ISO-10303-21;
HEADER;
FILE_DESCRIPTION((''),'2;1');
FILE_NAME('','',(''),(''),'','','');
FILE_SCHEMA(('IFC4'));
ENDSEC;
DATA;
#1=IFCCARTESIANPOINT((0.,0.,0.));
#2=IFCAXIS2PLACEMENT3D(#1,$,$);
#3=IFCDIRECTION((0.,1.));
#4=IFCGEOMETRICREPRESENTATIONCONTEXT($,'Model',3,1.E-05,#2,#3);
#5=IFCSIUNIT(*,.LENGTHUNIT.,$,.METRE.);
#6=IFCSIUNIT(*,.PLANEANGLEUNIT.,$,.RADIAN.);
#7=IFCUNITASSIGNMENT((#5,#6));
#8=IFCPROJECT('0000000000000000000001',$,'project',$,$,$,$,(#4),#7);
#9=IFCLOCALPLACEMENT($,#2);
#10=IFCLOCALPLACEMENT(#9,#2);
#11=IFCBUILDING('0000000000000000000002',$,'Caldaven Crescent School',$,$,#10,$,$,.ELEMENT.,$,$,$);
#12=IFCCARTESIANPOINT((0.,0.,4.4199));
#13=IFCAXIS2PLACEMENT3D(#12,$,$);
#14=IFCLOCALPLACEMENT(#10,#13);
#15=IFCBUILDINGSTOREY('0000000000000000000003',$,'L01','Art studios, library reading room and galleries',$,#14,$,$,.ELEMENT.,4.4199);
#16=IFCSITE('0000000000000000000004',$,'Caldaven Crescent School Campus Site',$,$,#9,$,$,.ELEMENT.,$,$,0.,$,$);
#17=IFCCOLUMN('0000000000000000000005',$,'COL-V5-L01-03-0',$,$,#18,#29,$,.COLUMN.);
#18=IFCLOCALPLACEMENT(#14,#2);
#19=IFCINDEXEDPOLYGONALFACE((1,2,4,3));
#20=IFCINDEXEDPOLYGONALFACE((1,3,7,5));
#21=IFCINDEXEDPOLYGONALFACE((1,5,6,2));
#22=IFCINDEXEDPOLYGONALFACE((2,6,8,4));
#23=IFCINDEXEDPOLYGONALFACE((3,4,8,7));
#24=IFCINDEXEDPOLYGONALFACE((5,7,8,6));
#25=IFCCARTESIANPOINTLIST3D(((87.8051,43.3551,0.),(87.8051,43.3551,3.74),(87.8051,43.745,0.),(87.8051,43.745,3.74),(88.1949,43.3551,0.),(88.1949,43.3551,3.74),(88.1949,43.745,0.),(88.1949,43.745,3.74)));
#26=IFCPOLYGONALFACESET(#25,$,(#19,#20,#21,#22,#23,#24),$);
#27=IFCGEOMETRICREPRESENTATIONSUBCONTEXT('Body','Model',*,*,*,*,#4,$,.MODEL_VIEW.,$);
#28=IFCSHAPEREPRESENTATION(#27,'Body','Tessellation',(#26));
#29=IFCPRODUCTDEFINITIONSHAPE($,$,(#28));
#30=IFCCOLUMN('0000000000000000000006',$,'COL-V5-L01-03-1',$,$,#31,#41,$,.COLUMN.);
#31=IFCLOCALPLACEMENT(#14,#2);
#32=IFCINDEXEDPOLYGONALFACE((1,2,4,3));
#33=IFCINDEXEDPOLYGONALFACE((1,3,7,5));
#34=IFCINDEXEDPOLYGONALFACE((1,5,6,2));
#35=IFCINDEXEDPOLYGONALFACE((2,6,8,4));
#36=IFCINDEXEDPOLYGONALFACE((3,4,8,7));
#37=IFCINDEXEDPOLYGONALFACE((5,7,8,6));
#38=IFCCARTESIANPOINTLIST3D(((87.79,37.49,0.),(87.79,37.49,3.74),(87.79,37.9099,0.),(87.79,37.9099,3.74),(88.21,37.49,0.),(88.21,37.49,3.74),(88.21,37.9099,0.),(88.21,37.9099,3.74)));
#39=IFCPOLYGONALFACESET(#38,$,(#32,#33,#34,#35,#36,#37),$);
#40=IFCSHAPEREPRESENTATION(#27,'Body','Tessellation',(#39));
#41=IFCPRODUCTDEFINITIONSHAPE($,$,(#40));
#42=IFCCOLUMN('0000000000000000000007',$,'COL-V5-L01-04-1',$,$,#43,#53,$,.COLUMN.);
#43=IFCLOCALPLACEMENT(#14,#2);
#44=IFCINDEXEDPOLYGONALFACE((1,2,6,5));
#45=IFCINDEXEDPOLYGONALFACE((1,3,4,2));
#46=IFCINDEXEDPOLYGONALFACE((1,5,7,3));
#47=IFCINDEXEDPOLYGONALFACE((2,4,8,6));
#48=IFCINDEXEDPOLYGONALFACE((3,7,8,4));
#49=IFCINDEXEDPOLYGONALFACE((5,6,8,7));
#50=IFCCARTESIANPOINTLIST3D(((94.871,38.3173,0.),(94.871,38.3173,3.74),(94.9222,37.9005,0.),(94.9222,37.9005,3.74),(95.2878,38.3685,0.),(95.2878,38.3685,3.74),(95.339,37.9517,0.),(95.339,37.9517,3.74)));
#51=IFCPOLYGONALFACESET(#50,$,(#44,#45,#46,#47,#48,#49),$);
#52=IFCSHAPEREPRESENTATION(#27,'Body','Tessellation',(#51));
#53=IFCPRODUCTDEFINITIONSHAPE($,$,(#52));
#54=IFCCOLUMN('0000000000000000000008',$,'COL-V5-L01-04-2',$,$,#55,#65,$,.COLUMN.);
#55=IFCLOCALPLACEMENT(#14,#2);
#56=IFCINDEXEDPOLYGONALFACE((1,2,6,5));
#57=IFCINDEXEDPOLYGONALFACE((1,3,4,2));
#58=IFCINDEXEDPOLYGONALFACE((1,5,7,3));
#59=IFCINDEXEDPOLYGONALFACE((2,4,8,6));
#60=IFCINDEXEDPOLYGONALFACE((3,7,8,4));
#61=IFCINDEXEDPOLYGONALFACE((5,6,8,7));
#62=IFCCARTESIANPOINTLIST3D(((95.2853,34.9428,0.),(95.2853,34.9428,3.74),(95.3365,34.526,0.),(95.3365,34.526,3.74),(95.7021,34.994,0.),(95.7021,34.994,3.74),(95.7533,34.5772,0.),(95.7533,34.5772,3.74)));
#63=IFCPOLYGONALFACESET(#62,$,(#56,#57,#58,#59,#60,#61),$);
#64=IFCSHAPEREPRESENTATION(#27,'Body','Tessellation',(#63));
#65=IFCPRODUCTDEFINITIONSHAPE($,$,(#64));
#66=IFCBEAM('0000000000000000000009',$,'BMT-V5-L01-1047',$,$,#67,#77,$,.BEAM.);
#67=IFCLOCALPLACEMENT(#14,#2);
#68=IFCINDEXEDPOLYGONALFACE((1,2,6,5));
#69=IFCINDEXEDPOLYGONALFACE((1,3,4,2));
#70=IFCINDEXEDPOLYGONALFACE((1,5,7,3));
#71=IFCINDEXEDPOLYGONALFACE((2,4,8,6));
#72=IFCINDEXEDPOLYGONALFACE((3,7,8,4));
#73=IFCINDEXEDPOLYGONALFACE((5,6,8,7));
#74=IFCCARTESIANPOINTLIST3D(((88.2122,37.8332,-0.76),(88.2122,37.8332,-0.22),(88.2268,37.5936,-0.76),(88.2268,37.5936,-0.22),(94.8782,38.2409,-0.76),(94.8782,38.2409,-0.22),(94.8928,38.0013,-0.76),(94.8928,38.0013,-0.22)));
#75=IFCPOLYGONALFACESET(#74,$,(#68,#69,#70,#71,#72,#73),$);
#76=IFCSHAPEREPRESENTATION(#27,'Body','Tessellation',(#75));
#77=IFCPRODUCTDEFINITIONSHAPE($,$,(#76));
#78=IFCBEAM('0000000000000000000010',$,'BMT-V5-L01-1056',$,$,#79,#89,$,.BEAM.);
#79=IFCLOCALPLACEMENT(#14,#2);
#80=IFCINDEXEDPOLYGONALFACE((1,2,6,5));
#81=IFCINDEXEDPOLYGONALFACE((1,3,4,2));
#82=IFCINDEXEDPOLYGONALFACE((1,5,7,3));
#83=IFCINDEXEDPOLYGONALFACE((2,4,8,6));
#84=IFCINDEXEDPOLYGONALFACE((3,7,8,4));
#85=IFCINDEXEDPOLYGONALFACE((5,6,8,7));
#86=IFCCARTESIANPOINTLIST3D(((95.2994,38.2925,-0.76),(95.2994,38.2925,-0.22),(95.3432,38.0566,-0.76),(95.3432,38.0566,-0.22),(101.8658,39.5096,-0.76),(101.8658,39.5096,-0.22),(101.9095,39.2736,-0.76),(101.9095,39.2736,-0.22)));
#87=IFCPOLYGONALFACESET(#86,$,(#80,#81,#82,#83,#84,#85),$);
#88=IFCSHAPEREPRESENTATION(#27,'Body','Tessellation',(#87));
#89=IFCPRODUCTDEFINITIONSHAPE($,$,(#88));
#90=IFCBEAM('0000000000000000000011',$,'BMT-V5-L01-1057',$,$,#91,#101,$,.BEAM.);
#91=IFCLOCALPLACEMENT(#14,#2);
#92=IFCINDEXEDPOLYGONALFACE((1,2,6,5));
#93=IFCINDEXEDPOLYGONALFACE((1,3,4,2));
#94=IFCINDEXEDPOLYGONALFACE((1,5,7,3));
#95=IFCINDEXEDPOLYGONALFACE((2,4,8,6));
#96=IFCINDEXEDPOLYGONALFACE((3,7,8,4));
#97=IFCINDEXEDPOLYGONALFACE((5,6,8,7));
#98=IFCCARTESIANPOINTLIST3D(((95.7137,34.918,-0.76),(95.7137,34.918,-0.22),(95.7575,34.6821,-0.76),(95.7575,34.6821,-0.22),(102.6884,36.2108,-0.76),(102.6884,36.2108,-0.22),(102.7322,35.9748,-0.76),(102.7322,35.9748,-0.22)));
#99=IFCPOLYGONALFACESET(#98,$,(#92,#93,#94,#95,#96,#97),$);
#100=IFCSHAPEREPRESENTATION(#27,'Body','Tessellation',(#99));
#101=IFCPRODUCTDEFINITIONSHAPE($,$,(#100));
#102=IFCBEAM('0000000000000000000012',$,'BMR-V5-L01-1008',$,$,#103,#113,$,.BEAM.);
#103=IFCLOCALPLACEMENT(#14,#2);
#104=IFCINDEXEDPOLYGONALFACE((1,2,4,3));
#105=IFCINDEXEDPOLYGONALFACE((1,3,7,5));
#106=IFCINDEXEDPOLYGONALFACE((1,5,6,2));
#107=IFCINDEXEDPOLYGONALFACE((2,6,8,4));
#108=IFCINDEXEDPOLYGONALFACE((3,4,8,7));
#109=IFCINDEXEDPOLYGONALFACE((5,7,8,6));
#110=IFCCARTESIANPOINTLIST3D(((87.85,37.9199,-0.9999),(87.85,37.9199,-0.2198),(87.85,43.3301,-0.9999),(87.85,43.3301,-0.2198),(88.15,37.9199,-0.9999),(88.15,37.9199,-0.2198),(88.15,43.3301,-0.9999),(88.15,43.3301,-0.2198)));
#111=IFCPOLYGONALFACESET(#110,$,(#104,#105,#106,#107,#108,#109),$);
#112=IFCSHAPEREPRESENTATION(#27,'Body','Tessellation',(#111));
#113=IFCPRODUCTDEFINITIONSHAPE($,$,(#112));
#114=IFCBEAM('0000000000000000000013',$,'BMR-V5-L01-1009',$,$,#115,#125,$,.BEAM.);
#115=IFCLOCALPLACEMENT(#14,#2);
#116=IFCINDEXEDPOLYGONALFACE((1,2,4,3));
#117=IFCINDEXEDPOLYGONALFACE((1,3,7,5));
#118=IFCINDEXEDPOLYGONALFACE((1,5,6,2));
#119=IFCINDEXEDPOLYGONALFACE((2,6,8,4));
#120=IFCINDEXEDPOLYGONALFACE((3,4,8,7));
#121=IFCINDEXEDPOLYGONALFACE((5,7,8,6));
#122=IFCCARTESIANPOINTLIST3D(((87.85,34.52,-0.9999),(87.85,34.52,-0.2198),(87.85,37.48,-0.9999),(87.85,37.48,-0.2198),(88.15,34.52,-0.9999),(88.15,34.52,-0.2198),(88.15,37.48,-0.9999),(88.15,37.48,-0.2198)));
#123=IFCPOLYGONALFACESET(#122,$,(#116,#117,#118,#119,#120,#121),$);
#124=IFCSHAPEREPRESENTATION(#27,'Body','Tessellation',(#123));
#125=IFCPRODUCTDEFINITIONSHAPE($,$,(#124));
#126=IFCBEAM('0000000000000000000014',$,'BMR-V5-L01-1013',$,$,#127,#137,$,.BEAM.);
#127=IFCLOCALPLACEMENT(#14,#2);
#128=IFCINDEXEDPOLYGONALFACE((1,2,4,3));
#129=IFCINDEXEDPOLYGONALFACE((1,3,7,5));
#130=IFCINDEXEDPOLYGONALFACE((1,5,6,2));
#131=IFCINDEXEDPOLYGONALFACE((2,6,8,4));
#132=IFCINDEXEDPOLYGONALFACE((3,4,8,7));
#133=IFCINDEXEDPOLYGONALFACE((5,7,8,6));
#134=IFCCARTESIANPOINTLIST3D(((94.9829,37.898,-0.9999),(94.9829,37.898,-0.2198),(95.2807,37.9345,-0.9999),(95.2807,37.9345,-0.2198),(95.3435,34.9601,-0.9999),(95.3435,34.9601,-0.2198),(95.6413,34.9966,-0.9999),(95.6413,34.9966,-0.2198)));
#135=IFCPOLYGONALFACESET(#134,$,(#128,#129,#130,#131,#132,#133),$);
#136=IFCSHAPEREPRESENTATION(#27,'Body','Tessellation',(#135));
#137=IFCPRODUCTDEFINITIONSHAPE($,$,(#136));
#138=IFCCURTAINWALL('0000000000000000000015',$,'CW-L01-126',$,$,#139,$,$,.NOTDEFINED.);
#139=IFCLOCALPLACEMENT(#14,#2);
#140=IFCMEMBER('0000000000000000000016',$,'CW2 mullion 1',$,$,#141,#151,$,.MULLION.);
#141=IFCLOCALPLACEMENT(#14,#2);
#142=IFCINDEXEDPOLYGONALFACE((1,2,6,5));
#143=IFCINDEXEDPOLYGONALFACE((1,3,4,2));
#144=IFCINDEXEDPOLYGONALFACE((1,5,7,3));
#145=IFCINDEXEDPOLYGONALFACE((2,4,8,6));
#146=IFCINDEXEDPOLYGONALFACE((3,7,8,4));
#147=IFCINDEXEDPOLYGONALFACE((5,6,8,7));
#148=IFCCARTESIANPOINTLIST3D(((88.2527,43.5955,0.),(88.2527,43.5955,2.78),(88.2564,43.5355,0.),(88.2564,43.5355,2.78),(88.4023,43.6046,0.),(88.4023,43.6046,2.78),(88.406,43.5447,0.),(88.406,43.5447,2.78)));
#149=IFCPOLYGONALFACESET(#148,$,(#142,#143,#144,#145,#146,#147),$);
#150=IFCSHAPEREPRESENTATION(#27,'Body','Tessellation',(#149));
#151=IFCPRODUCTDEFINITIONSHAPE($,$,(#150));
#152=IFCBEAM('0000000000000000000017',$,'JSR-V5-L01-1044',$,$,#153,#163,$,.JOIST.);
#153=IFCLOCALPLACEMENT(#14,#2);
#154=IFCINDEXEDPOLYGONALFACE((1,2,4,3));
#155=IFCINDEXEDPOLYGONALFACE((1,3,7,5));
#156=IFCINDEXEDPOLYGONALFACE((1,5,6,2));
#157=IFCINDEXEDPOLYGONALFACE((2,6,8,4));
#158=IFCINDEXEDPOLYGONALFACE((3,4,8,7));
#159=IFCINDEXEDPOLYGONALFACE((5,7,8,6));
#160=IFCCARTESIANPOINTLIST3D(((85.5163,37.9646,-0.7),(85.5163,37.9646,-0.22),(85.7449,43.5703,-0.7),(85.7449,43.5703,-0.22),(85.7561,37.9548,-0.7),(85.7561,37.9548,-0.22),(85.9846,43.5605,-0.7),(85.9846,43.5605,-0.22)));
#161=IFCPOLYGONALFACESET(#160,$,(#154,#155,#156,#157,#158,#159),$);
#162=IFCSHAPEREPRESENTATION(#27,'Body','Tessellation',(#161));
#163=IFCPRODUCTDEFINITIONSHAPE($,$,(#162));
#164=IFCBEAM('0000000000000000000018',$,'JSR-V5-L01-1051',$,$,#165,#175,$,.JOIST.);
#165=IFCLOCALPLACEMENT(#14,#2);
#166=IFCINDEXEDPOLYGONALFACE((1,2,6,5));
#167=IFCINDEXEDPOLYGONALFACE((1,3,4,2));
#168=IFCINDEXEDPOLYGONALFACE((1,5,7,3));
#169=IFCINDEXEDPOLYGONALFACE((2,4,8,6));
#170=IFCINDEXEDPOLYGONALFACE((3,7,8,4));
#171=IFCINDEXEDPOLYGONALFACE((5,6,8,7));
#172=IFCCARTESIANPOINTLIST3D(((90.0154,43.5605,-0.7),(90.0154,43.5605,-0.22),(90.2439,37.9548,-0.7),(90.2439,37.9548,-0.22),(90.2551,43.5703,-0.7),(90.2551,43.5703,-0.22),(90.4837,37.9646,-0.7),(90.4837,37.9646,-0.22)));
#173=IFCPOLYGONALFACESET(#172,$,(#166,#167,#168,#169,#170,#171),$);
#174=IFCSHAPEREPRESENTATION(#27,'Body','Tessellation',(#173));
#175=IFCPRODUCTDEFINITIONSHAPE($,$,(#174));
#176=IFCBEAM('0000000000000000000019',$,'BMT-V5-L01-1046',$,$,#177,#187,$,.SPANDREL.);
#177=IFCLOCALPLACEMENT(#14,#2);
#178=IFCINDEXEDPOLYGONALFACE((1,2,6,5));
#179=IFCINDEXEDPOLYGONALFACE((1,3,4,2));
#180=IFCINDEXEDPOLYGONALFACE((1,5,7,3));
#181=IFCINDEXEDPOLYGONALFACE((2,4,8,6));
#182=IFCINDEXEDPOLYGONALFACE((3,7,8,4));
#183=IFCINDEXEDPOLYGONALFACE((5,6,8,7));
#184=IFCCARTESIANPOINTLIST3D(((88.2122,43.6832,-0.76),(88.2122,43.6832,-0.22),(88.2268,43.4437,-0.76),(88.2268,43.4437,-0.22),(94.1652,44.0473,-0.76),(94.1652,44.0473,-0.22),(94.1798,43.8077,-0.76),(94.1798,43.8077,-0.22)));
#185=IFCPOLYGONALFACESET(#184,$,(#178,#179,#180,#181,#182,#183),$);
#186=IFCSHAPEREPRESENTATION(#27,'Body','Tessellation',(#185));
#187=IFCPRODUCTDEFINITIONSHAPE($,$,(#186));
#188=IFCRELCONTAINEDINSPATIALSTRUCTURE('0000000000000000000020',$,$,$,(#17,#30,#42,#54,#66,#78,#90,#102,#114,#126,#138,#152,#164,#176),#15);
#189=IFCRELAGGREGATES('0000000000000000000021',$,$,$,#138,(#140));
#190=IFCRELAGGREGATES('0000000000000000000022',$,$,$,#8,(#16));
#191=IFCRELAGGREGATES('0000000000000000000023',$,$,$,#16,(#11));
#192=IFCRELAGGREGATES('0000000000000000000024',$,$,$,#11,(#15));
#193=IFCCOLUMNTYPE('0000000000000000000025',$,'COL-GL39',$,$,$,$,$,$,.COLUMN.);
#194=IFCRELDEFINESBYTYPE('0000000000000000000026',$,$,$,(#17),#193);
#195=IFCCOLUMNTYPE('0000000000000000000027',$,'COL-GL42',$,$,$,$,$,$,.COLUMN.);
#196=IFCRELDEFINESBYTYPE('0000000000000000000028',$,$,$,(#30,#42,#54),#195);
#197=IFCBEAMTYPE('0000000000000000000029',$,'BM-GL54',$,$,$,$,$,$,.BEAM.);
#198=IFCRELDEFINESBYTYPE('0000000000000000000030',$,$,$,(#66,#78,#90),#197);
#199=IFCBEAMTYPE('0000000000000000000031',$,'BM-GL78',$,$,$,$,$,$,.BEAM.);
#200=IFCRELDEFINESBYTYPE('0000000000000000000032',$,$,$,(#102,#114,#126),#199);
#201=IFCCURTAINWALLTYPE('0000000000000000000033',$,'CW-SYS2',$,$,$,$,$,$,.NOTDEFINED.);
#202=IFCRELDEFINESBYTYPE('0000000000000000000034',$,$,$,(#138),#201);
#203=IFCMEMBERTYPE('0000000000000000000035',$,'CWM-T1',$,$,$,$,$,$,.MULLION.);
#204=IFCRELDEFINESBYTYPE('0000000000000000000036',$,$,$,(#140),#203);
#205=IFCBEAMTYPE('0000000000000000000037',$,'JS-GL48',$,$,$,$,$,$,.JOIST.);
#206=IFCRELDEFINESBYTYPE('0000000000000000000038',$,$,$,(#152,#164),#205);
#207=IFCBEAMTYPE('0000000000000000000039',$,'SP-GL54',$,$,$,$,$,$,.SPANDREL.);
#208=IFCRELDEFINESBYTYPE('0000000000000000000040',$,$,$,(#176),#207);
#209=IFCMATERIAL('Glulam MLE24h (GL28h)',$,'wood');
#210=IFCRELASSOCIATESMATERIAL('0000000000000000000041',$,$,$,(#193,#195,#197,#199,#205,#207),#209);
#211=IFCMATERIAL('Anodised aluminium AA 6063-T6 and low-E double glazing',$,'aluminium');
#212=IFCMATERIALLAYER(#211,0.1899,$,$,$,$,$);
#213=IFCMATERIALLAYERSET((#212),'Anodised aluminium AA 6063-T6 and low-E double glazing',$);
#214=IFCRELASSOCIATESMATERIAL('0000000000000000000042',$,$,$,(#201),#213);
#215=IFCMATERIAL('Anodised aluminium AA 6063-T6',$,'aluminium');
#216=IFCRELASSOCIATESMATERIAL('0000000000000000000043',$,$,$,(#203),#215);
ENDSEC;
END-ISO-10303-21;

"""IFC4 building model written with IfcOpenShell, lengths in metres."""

from ifc_helpers import new_model, si_unit, direction, frame, origin, origin_2d, place, context, subcontext, project, spatial, rectangle, extrude, material, layer, layer_set, material_profile, profile_set, type_object, element, aggregate, save


model = new_model("IFC4")

# Units and contexts
model_context = context("Model", 3, precision=1e-05, world=origin(), true_north=direction((0.0, 1.0)))
body_context = subcontext(model_context, "Body", "Model", "MODEL_VIEW")
ifc_project = project(units=[si_unit("LENGTHUNIT", "METRE"), si_unit("PLANEANGLEUNIT", "RADIAN")], contexts=[model_context])

# Site, building, storey
site_placement = place(None, origin())
site = spatial("IfcSite", under=ifc_project, at=site_placement, Name="Caldaven Crescent School Campus Site", CompositionType="ELEMENT", RefElevation=0.0)
building_placement = place(site_placement, origin())
building = spatial("IfcBuilding", under=site, at=building_placement, Name="Caldaven Crescent School", CompositionType="ELEMENT")
storey_placement = place(building_placement, frame((0.0, 0.0, 4.4199)))
storey = spatial("IfcBuildingStorey", under=building, at=storey_placement, Name="L01", Description="Art studios, library reading room and galleries", CompositionType="ELEMENT", Elevation=4.4199)

# Columns
ifc_material_1 = material(Name="Glulam MLE24h (GL28h)", Category="wood")
ifc_material_profile_1 = material_profile(ifc_material_1, rectangle(XDim=0.3899, YDim=0.3899, at=origin_2d()), Name="MLE 390x390")
ifc_profile_set_1 = profile_set([ifc_material_profile_1], Name="Glulam MLE24h (GL28h)")
column_type_1 = type_object("IfcColumnType", Name="COL-GL39", PredefinedType="COLUMN", material=ifc_profile_set_1)
column_placement = place(storey_placement, frame((88.0, 43.55, 0.0), z_axis=(0.0, 0.0, 1.0), x_axis=(0.0, -1.0, 0.0)))
element("IfcColumn", 1, at=column_placement, inside=storey, type_object=column_type_1, Name="COL-V5-L01-03-0", PredefinedType="COLUMN", context=body_context, shape_type="SweptSolid", body=[
    extrude(rectangle(XDim=0.3899, YDim=0.3899, at=origin_2d()), origin(), (0.0, 0.0, 1.0), 3.74),
])
ifc_material_profile_2 = material_profile(ifc_material_1, rectangle(XDim=0.4199, YDim=0.4199, at=origin_2d()), Name="MLE 420x420")
ifc_profile_set_2 = profile_set([ifc_material_profile_2], Name="Glulam MLE24h (GL28h)")
column_type_2 = type_object("IfcColumnType", Name="COL-GL42", PredefinedType="COLUMN", material=ifc_profile_set_2)
for number, where, z_axis, x_axis, name in (
    (2, (88.0, 37.7, 0.0), (0.0, 0.0, 1.0), (0.0, -1.0, 0.0), "COL-V5-L01-03-1"),
    (3, (95.105, 38.1345, 0.0), (0.0, 0.0, 1.0), (0.121869, -0.992546, 0.0), "COL-V5-L01-04-1"),
    (4, (95.5193, 34.76, 0.0), (0.0, 0.0, 1.0), (0.121869, -0.992546, 0.0), "COL-V5-L01-04-2"),
):
    element("IfcColumn", number, at=place(storey_placement, frame(where, z_axis=z_axis, x_axis=x_axis)), inside=storey, type_object=column_type_2, Name=name, PredefinedType="COLUMN", context=body_context, shape_type="SweptSolid", body=[
        extrude(rectangle(XDim=0.4199, YDim=0.4199, at=origin_2d()), origin(), (0.0, 0.0, 1.0), 3.74),
    ])

# Beams
ifc_material_profile_3 = material_profile(ifc_material_1, rectangle(XDim=0.24, YDim=0.54, at=origin_2d()), Name="MLE 240x540")
ifc_profile_set_3 = profile_set([ifc_material_profile_3], Name="Glulam MLE24h (GL28h)")
beam_type_1 = type_object("IfcBeamType", Name="BM-GL54", PredefinedType="BEAM", material=ifc_profile_set_3)
beam_1_placement = place(storey_placement, frame((88.2195, 37.7134, -0.49), z_axis=(0.998135, 0.061049, 0.0), x_axis=(-0.061049, 0.998135, 0.0)))
element("IfcBeam", 5, at=beam_1_placement, inside=storey, type_object=beam_type_1, Name="BMT-V5-L01-1047", PredefinedType="BEAM", context=body_context, shape_type="SweptSolid", body=[
    extrude(rectangle(XDim=0.24, YDim=0.54, at=origin_2d()), origin(), (0.0, 0.0, 1.0), 6.6785),
])
beam_2_placement = place(storey_placement, frame((95.3213, 38.1746, -0.49), z_axis=(0.983254, 0.18224, 0.0), x_axis=(-0.18224, 0.983254, 0.0)))
element("IfcBeam", 6, at=beam_2_placement, inside=storey, type_object=beam_type_1, Name="BMT-V5-L01-1056", PredefinedType="BEAM", context=body_context, shape_type="SweptSolid", body=[
    extrude(rectangle(XDim=0.24, YDim=0.54, at=origin_2d()), origin(), (0.0, 0.0, 1.0), 6.6782),
])
beam_3_placement = place(storey_placement, frame((95.7356, 34.8, -0.49), z_axis=(0.983253, 0.182243, 0.0), x_axis=(-0.182243, 0.983253, 0.0)))
element("IfcBeam", 7, at=beam_3_placement, inside=storey, type_object=beam_type_1, Name="BMT-V5-L01-1057", PredefinedType="BEAM", context=body_context, shape_type="SweptSolid", body=[
    extrude(rectangle(XDim=0.24, YDim=0.54, at=origin_2d()), origin(), (0.0, 0.0, 1.0), 7.0935),
])
ifc_material_profile_4 = material_profile(ifc_material_1, rectangle(XDim=0.3, YDim=0.78, at=origin_2d()), Name="MLE 300x780")
ifc_profile_set_4 = profile_set([ifc_material_profile_4], Name="Glulam MLE24h (GL28h)")
beam_type_2 = type_object("IfcBeamType", Name="BM-GL78", PredefinedType="BEAM", material=ifc_profile_set_4)
beam_4_placement = place(storey_placement, frame((88.0, 43.3301, -0.6099), z_axis=(0.0, -1.0, 0.0), x_axis=(1.0, 0.0, 0.0)))
element("IfcBeam", 8, at=beam_4_placement, inside=storey, type_object=beam_type_2, Name="BMR-V5-L01-1008", PredefinedType="BEAM", context=body_context, shape_type="SweptSolid", body=[
    extrude(rectangle(XDim=0.3, YDim=0.78, at=origin_2d()), origin(), (0.0, 0.0, 1.0), 5.4102),
])
for number, where, z_axis, x_axis, name in (
    (9, (88.0, 37.48, -0.6099), (0.0, -1.0, 0.0), (1.0, 0.0, 0.0), "BMR-V5-L01-1009"),
    (10, (95.1318, 37.9163, -0.6099), (0.121821, -0.992552, 0.0), (0.992552, 0.121821, 0.0), "BMR-V5-L01-1013"),
):
    element("IfcBeam", number, at=place(storey_placement, frame(where, z_axis=z_axis, x_axis=x_axis)), inside=storey, type_object=beam_type_2, Name=name, PredefinedType="BEAM", context=body_context, shape_type="SweptSolid", body=[
        extrude(rectangle(XDim=0.3, YDim=0.78, at=origin_2d()), origin(), (0.0, 0.0, 1.0), 2.96),
    ])

# Curtain wall, member
ifc_material_2 = material(Name="Anodised aluminium AA 6063-T6 and low-E double glazing", Category="aluminium")
ifc_layer_1 = layer(ifc_material_2, 0.1899)
ifc_layer_set_1 = layer_set([ifc_layer_1], Name="Anodised aluminium AA 6063-T6 and low-E double glazing")
curtain_wall_type = type_object("IfcCurtainWallType", Name="CW-SYS2", PredefinedType="NOTDEFINED", material=ifc_layer_set_1)
curtain_wall_placement = place(storey_placement, origin())
curtain_wall = element("IfcCurtainWall", 11, at=curtain_wall_placement, inside=storey, type_object=curtain_wall_type, Name="CW-L01-126", PredefinedType="NOTDEFINED")
ifc_material_3 = material(Name="Anodised aluminium AA 6063-T6", Category="aluminium")
ifc_material_profile_5 = material_profile(ifc_material_3, rectangle(XDim=0.0601, YDim=0.1499, at=origin_2d()), Name="CWM 60x150")
ifc_profile_set_5 = profile_set([ifc_material_profile_5], Name="Anodised aluminium AA 6063-T6")
member_type = type_object("IfcMemberType", Name="CWM-T1", PredefinedType="MULLION", material=ifc_profile_set_5)
member_placement = place(storey_placement, frame((88.3293, 43.5701, 0.0), z_axis=(0.0, 0.0, 1.0), x_axis=(-0.061049, 0.998135, 0.0)))
member = element("IfcMember", 12, at=member_placement, type_object=member_type, Name="CW2 mullion 1", PredefinedType="MULLION", context=body_context, shape_type="SweptSolid", body=[
    extrude(rectangle(XDim=0.0601, YDim=0.1499, at=origin_2d()), origin(), (0.0, 0.0, 1.0), 2.78),
])
aggregate(curtain_wall, [member])

# Beams
ifc_material_profile_6 = material_profile(ifc_material_1, rectangle(XDim=0.24, YDim=0.48, at=origin_2d()), Name="MLE 240x480")
ifc_profile_set_6 = profile_set([ifc_material_profile_6], Name="Glulam MLE24h (GL28h)")
beam_type_3 = type_object("IfcBeamType", Name="JS-GL48", PredefinedType="JOIST", material=ifc_profile_set_6)
for number, where, z_axis, x_axis, name in (
    (13, (85.8647, 43.5654, -0.46), (-0.040731, -0.99917, 0.0), (0.99917, -0.040731, 0.0), "JSR-V5-L01-1044"),
    (14, (90.1353, 43.5654, -0.46), (0.040731, -0.99917, 0.0), (0.99917, 0.040731, 0.0), "JSR-V5-L01-1051"),
):
    element("IfcBeam", number, at=place(storey_placement, frame(where, z_axis=z_axis, x_axis=x_axis)), inside=storey, type_object=beam_type_3, Name=name, PredefinedType="JOIST", context=body_context, shape_type="SweptSolid", body=[
        extrude(rectangle(XDim=0.24, YDim=0.48, at=origin_2d()), origin(), (0.0, 0.0, 1.0), 5.6104),
    ])
ifc_material_profile_7 = material_profile(ifc_material_1, rectangle(XDim=0.24, YDim=0.54, at=origin_2d()), Name="MLE 240x540")
ifc_profile_set_7 = profile_set([ifc_material_profile_7], Name="Glulam MLE24h (GL28h)")
beam_type_4 = type_object("IfcBeamType", Name="SP-GL54", PredefinedType="SPANDREL", material=ifc_profile_set_7)
beam_5_placement = place(storey_placement, frame((88.2195, 43.5635, -0.49), z_axis=(0.998136, 0.061035, 0.0), x_axis=(-0.061035, 0.998136, 0.0)))
element("IfcBeam", 15, at=beam_5_placement, inside=storey, type_object=beam_type_4, Name="BMT-V5-L01-1046", PredefinedType="SPANDREL", context=body_context, shape_type="SweptSolid", body=[
    extrude(rectangle(XDim=0.24, YDim=0.54, at=origin_2d()), origin(), (0.0, 0.0, 1.0), 5.9641),
])

save(model, "model.ifc")
